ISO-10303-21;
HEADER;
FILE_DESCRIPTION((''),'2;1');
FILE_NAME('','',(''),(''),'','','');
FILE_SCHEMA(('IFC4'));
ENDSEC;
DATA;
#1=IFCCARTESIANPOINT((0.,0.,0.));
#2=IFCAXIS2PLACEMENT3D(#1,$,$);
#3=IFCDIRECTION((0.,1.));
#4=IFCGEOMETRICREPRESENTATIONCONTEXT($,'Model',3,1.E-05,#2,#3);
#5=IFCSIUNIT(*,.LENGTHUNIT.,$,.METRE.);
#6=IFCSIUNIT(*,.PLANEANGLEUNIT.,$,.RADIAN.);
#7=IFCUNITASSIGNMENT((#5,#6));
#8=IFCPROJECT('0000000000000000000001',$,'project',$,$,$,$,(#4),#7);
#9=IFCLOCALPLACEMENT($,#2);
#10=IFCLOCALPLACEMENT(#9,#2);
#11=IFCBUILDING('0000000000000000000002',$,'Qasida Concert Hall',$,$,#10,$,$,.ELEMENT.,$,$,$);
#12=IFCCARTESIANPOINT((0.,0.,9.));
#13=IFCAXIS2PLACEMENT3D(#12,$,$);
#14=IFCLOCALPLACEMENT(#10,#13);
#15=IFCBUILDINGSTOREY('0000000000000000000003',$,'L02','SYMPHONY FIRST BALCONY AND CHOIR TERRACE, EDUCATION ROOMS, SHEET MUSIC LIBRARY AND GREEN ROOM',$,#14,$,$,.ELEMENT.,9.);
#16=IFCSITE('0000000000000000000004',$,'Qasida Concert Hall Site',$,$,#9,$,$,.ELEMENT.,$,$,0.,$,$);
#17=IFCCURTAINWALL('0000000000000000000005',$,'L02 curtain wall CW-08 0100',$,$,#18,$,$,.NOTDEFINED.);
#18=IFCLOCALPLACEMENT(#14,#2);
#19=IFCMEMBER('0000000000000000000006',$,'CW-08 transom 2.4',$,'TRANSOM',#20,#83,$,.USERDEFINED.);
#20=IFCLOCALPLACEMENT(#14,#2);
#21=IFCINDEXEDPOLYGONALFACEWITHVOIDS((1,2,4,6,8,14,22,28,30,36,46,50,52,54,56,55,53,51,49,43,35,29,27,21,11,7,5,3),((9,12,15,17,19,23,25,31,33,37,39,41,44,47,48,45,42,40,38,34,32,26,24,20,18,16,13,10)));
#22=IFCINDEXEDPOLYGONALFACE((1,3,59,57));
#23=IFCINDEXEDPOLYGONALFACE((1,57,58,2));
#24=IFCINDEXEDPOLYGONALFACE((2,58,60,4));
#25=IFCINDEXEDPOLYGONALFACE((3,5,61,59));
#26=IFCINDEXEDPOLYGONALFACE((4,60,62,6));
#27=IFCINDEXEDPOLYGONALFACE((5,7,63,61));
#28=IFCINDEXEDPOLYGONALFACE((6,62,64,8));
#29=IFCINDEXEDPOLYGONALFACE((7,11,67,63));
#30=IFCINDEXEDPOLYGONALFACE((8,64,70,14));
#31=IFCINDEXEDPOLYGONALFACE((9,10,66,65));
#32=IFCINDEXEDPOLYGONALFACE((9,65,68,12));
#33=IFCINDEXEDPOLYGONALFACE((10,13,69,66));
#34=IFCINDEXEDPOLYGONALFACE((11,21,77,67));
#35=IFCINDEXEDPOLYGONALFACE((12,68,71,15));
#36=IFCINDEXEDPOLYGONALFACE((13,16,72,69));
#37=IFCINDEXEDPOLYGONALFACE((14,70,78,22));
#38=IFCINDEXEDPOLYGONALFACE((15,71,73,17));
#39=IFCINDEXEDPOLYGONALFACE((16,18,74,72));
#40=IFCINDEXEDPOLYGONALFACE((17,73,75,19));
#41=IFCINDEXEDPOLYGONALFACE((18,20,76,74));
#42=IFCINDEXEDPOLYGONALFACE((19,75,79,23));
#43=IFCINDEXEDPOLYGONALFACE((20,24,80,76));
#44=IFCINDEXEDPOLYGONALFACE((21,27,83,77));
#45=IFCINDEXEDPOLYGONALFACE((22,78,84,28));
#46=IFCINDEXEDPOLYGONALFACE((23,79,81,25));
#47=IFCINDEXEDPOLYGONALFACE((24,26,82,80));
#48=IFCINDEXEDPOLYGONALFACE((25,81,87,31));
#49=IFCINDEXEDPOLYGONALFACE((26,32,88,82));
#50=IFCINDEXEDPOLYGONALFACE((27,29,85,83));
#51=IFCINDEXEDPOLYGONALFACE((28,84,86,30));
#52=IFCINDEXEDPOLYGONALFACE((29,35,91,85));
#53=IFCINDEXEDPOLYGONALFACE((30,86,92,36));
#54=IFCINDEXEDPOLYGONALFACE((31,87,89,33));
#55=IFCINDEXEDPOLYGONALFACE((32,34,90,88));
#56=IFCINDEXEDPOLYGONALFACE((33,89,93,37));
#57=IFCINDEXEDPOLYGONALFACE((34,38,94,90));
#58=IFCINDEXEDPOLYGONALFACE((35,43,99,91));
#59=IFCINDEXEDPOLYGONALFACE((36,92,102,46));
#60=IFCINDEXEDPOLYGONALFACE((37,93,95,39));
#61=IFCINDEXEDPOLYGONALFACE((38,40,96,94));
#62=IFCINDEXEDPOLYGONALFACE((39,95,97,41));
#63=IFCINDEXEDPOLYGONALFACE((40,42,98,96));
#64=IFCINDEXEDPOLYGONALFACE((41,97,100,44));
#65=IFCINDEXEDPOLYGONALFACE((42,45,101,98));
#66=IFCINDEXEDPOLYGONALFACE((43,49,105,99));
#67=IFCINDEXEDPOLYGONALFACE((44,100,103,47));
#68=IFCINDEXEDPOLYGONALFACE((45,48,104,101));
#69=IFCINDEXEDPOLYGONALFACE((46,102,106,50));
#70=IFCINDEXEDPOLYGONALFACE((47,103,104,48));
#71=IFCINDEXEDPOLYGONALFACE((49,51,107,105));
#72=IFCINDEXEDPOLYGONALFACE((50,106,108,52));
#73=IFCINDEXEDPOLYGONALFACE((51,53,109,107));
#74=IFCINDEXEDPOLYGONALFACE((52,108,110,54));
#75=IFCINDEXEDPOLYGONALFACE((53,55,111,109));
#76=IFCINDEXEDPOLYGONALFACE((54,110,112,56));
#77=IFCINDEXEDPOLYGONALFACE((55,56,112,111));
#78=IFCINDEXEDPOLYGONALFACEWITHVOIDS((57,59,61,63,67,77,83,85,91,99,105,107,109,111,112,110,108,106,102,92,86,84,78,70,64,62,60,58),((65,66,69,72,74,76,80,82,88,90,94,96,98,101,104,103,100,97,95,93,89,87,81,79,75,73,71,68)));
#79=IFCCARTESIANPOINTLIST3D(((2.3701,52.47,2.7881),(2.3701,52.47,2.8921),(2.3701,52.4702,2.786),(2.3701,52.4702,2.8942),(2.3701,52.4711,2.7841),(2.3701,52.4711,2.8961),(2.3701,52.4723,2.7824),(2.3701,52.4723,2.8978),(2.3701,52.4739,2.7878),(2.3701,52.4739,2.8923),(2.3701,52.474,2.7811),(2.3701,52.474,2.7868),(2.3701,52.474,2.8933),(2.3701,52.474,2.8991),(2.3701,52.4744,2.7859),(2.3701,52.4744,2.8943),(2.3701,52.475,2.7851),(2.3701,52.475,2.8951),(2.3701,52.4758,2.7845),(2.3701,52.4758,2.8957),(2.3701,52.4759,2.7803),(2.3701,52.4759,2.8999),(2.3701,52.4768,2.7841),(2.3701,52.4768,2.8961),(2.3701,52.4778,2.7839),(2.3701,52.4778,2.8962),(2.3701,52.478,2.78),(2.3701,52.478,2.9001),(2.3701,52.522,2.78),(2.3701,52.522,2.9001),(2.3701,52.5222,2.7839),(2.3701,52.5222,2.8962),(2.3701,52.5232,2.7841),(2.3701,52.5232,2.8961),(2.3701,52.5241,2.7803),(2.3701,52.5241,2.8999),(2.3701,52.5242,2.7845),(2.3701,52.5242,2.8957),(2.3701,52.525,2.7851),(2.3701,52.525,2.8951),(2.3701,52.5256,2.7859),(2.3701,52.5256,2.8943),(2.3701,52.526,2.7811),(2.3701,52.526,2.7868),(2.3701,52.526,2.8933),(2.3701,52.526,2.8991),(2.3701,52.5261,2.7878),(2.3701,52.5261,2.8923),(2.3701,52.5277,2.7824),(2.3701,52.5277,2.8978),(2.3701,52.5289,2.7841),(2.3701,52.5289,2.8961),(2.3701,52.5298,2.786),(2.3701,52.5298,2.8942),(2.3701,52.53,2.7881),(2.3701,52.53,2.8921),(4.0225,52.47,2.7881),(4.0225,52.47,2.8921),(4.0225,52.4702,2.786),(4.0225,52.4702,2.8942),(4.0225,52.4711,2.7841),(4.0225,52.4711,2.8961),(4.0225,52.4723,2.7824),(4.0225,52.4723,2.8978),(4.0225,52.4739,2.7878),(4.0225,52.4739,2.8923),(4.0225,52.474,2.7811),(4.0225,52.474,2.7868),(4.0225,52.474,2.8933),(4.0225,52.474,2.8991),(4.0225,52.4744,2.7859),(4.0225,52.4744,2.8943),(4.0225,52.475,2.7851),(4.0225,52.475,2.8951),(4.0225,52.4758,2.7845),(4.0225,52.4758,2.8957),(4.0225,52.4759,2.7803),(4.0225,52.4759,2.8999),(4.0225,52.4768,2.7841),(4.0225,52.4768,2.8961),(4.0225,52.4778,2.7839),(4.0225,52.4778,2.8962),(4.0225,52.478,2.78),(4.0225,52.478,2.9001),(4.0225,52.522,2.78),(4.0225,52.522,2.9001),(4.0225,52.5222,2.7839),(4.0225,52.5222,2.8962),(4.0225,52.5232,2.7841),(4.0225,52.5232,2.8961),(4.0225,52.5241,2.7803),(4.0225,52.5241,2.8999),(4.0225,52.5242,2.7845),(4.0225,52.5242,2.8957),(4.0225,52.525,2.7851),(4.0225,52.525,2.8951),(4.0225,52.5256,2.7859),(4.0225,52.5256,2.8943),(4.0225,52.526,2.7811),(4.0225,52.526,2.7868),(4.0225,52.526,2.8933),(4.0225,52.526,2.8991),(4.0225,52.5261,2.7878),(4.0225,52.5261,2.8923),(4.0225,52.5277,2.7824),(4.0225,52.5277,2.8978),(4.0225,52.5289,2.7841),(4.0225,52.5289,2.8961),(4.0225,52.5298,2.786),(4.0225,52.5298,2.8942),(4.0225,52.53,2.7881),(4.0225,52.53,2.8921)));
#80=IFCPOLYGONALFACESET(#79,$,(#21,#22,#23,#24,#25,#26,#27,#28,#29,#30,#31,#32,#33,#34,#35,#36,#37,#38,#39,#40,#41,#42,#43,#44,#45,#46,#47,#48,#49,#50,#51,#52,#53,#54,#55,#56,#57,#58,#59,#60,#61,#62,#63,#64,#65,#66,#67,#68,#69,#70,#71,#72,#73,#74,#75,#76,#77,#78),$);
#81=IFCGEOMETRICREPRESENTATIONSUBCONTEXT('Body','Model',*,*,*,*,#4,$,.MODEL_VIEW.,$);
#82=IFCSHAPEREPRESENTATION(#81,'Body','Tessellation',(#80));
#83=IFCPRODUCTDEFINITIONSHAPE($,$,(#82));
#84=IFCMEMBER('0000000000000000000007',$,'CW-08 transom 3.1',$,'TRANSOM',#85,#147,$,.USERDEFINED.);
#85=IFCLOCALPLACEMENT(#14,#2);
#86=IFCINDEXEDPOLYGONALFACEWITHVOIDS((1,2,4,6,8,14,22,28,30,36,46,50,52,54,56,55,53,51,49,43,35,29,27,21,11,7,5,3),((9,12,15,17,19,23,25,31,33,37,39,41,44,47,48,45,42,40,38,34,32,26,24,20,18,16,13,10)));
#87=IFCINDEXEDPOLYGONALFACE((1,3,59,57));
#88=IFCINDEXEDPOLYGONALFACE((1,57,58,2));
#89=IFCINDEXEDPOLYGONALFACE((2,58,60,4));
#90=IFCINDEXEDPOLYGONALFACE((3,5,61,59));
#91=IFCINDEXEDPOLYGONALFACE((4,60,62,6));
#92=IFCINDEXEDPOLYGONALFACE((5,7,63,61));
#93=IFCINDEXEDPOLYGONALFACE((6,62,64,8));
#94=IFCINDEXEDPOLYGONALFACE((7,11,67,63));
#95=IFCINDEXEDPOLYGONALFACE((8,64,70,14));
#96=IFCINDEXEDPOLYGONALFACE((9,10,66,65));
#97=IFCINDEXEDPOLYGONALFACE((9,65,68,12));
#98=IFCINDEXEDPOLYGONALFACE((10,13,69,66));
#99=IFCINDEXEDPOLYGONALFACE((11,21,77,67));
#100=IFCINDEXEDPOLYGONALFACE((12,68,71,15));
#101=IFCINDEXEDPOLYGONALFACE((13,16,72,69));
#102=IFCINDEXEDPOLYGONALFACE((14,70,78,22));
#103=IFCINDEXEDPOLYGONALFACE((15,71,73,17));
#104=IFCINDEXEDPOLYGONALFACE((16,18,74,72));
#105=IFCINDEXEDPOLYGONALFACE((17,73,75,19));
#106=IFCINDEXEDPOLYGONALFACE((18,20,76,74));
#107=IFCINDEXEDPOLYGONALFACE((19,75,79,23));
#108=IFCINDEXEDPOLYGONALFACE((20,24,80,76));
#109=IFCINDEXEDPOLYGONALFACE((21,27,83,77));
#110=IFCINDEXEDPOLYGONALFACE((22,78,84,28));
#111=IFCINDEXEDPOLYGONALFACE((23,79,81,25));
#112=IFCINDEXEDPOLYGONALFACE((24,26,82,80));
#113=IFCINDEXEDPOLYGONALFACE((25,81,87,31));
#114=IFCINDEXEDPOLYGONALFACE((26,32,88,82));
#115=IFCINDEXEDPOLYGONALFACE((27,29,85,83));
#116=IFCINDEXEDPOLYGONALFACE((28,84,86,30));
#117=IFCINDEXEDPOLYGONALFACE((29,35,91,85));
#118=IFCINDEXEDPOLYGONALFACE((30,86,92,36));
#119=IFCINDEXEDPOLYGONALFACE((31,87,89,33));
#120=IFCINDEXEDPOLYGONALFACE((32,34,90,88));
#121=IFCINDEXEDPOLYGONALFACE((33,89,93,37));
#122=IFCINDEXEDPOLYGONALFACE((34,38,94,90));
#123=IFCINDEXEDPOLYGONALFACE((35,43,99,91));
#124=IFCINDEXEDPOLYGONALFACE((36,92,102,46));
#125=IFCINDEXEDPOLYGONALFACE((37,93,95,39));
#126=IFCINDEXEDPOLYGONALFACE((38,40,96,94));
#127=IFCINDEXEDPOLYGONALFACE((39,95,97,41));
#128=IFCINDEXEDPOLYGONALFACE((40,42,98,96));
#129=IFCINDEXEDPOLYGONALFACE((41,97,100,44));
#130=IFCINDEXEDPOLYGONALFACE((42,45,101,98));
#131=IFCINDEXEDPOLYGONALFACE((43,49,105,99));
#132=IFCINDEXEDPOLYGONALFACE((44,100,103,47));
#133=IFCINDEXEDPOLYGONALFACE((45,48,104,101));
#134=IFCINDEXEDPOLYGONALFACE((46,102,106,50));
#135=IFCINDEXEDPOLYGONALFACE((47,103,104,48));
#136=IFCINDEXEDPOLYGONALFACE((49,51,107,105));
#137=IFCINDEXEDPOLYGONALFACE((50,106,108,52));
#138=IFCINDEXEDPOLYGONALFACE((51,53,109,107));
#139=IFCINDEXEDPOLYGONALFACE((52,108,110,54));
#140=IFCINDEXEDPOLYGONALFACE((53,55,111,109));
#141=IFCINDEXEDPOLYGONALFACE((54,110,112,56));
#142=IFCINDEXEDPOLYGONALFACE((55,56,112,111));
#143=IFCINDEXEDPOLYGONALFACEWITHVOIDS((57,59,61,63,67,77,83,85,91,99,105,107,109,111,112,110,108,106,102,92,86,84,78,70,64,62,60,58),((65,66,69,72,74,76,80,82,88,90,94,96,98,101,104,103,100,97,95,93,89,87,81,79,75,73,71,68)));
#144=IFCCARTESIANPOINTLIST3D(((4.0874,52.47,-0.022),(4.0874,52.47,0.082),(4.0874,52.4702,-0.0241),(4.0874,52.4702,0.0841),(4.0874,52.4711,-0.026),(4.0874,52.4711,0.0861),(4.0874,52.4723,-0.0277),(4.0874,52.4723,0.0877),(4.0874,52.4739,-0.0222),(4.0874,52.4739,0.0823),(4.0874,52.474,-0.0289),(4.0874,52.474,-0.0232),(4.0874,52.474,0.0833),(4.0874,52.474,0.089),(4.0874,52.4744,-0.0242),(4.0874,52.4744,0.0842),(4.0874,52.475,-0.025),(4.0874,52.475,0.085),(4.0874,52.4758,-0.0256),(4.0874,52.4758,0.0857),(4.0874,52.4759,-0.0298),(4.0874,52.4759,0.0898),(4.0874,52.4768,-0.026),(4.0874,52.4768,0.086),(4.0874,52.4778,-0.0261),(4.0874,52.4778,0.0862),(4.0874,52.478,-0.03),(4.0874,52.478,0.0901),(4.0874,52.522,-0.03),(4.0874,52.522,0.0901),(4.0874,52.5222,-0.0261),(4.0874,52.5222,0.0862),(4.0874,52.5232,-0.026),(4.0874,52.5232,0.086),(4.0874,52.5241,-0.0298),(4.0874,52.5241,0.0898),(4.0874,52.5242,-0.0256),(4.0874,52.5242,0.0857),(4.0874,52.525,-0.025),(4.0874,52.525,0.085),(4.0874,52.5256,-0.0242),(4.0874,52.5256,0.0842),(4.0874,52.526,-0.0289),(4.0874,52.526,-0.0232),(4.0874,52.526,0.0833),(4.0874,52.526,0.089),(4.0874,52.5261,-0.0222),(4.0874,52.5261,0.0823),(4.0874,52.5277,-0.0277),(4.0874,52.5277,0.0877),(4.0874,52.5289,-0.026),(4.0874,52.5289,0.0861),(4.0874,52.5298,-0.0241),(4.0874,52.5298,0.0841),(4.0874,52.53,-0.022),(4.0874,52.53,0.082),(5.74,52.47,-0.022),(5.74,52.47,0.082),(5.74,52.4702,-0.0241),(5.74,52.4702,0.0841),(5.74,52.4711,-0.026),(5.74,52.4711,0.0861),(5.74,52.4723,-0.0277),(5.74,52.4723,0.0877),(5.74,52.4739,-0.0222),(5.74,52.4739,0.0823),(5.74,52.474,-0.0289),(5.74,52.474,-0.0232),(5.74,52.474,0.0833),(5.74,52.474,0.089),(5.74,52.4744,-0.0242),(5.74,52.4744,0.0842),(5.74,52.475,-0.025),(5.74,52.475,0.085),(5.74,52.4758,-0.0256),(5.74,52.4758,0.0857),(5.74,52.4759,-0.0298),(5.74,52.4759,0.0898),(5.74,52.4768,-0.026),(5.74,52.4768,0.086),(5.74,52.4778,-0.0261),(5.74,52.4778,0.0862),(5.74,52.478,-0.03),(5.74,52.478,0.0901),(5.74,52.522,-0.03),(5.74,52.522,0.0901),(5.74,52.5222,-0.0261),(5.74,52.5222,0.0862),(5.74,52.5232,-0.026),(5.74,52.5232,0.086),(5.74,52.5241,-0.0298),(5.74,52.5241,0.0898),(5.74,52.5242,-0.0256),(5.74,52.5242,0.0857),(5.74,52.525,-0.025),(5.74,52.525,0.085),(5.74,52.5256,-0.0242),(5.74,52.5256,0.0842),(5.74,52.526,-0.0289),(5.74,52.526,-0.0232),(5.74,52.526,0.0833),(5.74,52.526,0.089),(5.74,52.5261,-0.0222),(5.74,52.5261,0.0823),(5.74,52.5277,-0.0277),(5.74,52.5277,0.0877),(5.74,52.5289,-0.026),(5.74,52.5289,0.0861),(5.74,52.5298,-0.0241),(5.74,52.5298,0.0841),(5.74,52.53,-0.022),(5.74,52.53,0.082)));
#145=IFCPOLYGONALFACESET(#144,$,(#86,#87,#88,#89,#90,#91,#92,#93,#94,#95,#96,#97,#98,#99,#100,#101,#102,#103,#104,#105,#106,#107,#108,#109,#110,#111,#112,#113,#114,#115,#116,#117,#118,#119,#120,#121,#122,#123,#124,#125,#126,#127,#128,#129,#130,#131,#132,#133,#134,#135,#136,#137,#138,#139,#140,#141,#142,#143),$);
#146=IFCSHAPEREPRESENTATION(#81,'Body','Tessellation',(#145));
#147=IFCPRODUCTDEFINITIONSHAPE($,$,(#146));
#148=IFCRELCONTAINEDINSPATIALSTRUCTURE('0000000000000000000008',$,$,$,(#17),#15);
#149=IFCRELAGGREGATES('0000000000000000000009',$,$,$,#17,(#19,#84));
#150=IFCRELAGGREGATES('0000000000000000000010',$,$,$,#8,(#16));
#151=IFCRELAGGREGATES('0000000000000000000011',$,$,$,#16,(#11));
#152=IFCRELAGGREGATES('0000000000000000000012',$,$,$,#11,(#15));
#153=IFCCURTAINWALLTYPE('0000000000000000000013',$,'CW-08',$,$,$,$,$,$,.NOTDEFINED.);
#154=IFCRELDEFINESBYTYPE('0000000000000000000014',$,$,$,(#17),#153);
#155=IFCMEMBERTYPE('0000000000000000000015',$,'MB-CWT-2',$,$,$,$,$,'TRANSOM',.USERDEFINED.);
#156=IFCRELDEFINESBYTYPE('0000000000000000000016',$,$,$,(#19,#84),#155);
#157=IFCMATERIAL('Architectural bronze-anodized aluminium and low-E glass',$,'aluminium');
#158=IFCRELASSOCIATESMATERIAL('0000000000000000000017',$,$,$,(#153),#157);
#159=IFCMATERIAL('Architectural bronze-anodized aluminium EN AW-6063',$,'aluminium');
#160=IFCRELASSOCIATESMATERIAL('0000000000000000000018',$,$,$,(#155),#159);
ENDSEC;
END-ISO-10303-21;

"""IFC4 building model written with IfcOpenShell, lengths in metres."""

from ifc_helpers import new_model, si_unit, direction, frame, origin, origin_2d, place, context, subcontext, project, spatial, hollow_rectangle, extrude, material, material_profile, profile_set, type_object, element, aggregate, save


model = new_model("IFC4")

# Units and contexts
model_context = context("Model", 3, precision=1e-05, world=origin(), true_north=direction((0.0, 1.0)))
body_context = subcontext(model_context, "Body", "Model", "MODEL_VIEW")
ifc_project = project(units=[si_unit("LENGTHUNIT", "METRE"), si_unit("PLANEANGLEUNIT", "RADIAN")], contexts=[model_context])

# Site, building, storey
site_placement = place(None, origin())
site = spatial("IfcSite", under=ifc_project, at=site_placement, Name="Qasida Concert Hall Site", CompositionType="ELEMENT", RefElevation=0.0)
building_placement = place(site_placement, origin())
building = spatial("IfcBuilding", under=site, at=building_placement, Name="Qasida Concert Hall", CompositionType="ELEMENT")
storey_placement = place(building_placement, frame((0.0, 0.0, 9.0)))
storey = spatial("IfcBuildingStorey", under=building, at=storey_placement, Name="L02", Description="SYMPHONY FIRST BALCONY AND CHOIR TERRACE, EDUCATION ROOMS, SHEET MUSIC LIBRARY AND GREEN ROOM", CompositionType="ELEMENT", Elevation=9.0)

# Curtain wall, members
ifc_material_1 = material(Name="Architectural bronze-anodized aluminium and low-E glass", Category="aluminium")
curtain_wall_type = type_object("IfcCurtainWallType", Name="CW-08", PredefinedType="NOTDEFINED", material=ifc_material_1)
curtain_wall_placement = place(storey_placement, origin())
curtain_wall = element("IfcCurtainWall", 1, at=curtain_wall_placement, inside=storey, type_object=curtain_wall_type, Name="L02 curtain wall CW-08 0100", PredefinedType="NOTDEFINED")
ifc_material_2 = material(Name="Architectural bronze-anodized aluminium EN AW-6063", Category="aluminium")
ifc_material_profile_1 = material_profile(ifc_material_2, hollow_rectangle(XDim=0.0601, YDim=0.1201, WallThickness=0.0039, InnerFilletRadius=0.0039, OuterFilletRadius=0.0081, at=origin_2d()), Name="CWT 120x60x4")
ifc_profile_set_1 = profile_set([ifc_material_profile_1], Name="Architectural bronze-anodized aluminium EN AW-6063")
member_type_1 = type_object("IfcMemberType", Name="MB-CWT-2", ElementType="TRANSOM", PredefinedType="USERDEFINED", material=ifc_profile_set_1)
member_1_placement = place(storey_placement, frame((2.3701, 52.5, 2.8401), z_axis=(1.0, 0.0, 0.0), x_axis=(0.0, 1.0, 0.0)))
member_1 = element("IfcMember", 2, at=member_1_placement, type_object=member_type_1, Name="CW-08 transom 2.4", ObjectType="TRANSOM", PredefinedType="USERDEFINED", context=body_context, shape_type="SweptSolid", body=[
    extrude(hollow_rectangle(XDim=0.0601, YDim=0.1201, WallThickness=0.0039, InnerFilletRadius=0.0039, OuterFilletRadius=0.0081, at=origin_2d()), origin(), (0.0, 0.0, 1.0), 1.6523),
])
member_2_placement = place(storey_placement, frame((4.0874, 52.5, 0.03), z_axis=(1.0, 0.0, 0.0), x_axis=(0.0, 1.0, 0.0)))
member_2 = element("IfcMember", 3, at=member_2_placement, type_object=member_type_1, Name="CW-08 transom 3.1", ObjectType="TRANSOM", PredefinedType="USERDEFINED", context=body_context, shape_type="SweptSolid", body=[
    extrude(hollow_rectangle(XDim=0.0601, YDim=0.1201, WallThickness=0.0039, InnerFilletRadius=0.0039, OuterFilletRadius=0.0081, at=origin_2d()), origin(), (0.0, 0.0, 1.0), 1.6526),
])
aggregate(curtain_wall, [member_1, member_2])

save(model, "model.ifc")
